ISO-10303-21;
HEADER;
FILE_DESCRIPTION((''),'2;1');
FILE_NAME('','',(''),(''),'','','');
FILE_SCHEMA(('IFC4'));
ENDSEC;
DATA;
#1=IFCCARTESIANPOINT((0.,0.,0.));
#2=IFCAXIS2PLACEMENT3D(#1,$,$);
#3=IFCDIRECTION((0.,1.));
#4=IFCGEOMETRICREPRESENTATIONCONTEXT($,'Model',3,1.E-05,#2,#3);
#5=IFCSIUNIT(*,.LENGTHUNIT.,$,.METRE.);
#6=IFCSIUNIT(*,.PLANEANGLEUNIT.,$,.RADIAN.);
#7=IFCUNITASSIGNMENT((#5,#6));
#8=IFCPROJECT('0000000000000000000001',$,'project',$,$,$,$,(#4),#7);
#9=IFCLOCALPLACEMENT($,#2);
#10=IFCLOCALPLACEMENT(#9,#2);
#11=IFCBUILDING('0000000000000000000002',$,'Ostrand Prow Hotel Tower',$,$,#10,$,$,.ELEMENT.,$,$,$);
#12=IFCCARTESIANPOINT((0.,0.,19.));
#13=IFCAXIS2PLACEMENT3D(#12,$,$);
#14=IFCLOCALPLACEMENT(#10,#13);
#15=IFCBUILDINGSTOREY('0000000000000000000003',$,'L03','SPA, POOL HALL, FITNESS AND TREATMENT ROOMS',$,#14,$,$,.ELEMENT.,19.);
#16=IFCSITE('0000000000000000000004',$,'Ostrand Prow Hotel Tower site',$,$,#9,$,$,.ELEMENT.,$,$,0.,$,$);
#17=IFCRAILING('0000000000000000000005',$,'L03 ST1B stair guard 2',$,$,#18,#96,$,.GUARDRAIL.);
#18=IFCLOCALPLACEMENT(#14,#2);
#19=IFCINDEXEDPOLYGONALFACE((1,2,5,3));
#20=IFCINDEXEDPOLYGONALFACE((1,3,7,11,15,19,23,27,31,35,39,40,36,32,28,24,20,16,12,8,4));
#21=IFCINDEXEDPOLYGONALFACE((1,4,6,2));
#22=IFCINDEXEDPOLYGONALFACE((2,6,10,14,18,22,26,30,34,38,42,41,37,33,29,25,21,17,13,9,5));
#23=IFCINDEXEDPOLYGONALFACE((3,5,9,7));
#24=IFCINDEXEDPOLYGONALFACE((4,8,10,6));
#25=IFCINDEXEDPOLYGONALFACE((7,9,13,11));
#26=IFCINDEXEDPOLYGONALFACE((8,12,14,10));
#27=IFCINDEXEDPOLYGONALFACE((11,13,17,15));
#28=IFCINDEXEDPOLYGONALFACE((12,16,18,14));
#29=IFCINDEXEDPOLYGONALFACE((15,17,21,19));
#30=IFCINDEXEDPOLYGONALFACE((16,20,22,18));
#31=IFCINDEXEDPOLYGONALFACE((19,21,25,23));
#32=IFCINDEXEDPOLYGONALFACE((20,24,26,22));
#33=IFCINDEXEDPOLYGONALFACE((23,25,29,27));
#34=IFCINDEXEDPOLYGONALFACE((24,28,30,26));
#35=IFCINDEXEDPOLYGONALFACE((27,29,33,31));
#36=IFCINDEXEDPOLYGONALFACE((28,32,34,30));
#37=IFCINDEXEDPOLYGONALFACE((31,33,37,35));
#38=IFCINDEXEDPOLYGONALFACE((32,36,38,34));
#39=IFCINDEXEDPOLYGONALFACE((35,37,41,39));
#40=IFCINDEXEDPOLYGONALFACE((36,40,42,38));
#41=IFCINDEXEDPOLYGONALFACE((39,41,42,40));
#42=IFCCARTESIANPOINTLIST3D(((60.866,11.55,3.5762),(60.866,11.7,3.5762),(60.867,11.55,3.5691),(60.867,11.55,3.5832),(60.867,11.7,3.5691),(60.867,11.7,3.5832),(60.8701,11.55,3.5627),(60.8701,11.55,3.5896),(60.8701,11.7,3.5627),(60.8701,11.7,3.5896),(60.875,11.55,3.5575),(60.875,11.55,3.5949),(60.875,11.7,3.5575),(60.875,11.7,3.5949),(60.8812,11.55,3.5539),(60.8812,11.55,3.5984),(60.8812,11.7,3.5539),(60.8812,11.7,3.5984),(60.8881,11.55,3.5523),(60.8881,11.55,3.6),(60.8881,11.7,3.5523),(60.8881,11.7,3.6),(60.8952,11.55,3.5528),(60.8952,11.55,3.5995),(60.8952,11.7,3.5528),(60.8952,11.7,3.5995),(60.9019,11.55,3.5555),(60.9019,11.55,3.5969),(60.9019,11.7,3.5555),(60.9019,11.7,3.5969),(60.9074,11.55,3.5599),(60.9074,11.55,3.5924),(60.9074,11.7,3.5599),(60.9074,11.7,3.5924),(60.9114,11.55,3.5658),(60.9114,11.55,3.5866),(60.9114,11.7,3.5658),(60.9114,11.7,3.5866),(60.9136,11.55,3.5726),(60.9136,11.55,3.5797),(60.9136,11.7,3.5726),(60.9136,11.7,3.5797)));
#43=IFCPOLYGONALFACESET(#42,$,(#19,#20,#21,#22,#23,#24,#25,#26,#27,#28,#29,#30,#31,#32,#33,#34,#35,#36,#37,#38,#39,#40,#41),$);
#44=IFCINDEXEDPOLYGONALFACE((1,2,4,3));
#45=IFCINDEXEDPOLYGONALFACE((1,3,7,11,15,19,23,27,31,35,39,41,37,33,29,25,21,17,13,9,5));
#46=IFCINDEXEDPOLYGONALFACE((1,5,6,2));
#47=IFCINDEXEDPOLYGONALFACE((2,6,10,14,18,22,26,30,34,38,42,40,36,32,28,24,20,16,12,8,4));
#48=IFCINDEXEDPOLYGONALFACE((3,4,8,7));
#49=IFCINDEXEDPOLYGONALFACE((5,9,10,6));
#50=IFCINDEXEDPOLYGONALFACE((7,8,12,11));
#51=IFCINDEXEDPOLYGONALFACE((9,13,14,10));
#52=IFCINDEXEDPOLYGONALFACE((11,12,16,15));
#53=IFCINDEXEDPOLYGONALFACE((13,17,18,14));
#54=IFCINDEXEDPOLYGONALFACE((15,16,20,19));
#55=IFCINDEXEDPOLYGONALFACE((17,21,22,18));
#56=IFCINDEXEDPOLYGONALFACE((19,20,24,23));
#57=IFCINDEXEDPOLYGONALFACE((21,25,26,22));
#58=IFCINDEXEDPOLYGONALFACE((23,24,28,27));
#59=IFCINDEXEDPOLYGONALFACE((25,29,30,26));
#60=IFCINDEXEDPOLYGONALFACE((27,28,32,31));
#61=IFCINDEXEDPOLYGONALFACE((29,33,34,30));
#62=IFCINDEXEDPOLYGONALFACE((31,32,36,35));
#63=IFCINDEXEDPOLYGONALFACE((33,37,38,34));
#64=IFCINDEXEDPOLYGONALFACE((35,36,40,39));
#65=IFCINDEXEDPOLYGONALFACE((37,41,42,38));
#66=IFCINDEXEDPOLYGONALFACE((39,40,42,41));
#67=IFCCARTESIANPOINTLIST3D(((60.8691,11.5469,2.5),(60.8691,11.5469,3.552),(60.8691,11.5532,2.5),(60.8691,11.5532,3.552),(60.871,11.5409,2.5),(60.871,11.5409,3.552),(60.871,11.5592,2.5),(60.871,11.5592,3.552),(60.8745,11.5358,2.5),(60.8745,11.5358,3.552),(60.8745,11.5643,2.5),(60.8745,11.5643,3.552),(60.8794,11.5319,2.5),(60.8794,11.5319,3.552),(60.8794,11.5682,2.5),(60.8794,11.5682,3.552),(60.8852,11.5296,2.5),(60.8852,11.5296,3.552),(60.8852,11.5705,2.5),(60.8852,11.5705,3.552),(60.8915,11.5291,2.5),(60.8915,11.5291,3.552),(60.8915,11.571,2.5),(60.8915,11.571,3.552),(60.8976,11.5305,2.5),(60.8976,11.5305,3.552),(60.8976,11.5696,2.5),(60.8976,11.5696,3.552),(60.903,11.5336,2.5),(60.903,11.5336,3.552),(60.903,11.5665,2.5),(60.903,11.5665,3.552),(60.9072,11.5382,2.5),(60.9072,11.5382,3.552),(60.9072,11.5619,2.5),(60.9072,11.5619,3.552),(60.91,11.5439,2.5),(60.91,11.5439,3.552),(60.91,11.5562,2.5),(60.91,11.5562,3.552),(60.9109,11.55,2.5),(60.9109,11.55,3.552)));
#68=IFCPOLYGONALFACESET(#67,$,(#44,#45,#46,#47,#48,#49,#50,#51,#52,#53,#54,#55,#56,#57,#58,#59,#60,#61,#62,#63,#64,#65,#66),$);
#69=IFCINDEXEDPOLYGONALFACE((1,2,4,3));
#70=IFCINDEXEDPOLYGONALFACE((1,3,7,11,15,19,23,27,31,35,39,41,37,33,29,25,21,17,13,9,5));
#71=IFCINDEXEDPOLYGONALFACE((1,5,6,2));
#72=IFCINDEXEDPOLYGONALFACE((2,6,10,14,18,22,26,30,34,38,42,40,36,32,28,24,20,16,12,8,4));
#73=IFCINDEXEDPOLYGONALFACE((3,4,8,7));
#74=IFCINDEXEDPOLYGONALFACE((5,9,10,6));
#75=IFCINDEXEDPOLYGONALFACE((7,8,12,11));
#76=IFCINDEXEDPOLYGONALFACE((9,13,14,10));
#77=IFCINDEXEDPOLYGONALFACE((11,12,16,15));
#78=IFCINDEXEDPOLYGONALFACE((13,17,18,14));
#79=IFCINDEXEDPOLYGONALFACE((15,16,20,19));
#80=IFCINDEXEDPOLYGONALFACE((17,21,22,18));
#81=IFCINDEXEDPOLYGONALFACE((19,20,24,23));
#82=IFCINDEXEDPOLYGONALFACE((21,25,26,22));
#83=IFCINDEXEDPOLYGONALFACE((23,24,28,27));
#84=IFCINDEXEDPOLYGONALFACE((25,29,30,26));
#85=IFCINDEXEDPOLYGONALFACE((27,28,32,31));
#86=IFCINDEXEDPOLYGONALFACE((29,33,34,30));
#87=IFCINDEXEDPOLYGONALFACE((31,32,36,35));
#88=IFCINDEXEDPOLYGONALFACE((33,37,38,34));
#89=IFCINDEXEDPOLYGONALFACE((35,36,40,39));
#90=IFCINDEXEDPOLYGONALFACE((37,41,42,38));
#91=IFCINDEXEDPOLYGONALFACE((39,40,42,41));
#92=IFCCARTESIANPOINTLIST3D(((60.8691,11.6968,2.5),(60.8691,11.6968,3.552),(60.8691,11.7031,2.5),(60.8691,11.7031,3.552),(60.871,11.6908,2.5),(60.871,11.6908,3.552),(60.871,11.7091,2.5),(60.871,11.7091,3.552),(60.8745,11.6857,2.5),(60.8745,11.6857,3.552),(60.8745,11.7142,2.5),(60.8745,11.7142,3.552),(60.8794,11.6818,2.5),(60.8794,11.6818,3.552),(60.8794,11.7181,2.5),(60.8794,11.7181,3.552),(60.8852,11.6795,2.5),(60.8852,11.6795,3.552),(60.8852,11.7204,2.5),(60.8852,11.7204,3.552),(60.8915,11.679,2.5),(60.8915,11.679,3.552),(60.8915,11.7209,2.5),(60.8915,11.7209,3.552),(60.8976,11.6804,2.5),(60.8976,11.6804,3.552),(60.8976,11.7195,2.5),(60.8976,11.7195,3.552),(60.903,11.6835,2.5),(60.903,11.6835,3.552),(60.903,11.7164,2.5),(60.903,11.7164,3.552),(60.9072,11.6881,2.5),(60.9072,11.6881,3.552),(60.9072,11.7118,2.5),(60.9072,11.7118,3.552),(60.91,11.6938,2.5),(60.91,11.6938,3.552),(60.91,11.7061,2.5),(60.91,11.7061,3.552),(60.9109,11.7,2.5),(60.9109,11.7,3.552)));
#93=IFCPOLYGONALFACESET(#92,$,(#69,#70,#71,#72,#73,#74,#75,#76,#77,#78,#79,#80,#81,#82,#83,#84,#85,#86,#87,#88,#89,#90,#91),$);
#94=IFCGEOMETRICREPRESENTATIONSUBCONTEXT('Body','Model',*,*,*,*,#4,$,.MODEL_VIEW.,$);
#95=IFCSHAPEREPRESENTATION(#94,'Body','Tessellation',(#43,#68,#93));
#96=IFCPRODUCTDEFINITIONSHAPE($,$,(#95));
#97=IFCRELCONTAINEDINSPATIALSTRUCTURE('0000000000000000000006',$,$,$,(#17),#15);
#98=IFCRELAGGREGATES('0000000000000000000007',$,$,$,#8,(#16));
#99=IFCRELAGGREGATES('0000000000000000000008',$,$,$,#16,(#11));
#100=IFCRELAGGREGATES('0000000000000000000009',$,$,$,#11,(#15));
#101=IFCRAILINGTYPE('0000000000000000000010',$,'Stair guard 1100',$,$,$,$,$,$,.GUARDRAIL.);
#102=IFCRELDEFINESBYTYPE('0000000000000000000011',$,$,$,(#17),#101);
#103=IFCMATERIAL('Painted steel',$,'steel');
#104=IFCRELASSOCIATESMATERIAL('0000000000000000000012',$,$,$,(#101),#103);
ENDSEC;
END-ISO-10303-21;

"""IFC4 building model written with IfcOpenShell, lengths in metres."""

from ifc_helpers import new_model, si_unit, direction, frame, origin, origin_2d, place, context, subcontext, project, spatial, circle, extrude, material, type_object, element, save


model = new_model("IFC4")

# Units and contexts
model_context = context("Model", 3, precision=1e-05, world=origin(), true_north=direction((0.0, 1.0)))
body_context = subcontext(model_context, "Body", "Model", "MODEL_VIEW")
ifc_project = project(units=[si_unit("LENGTHUNIT", "METRE"), si_unit("PLANEANGLEUNIT", "RADIAN")], contexts=[model_context])

# Site, building, storey
site_placement = place(None, origin())
site = spatial("IfcSite", under=ifc_project, at=site_placement, Name="Ostrand Prow Hotel Tower site", CompositionType="ELEMENT", RefElevation=0.0)
building_placement = place(site_placement, origin())
building = spatial("IfcBuilding", under=site, at=building_placement, Name="Ostrand Prow Hotel Tower", CompositionType="ELEMENT")
storey_placement = place(building_placement, frame((0.0, 0.0, 19.0)))
storey = spatial("IfcBuildingStorey", under=building, at=storey_placement, Name="L03", Description="SPA, POOL HALL, FITNESS AND TREATMENT ROOMS", CompositionType="ELEMENT", Elevation=19.0)

# Railing
ifc_material_1 = material(Name="Painted steel", Category="steel")
railing_type_1 = type_object("IfcRailingType", Name="Stair guard 1100", PredefinedType="GUARDRAIL", material=ifc_material_1)
railing_1_placement = place(storey_placement, frame((60.8899, 11.55, 2.5)))
element("IfcRailing", 1, at=railing_1_placement, inside=storey, type_object=railing_type_1, Name="L03 ST1B stair guard 2", PredefinedType="GUARDRAIL", context=body_context, shape_type="SweptSolid", body=[
    extrude(circle(Radius=0.0239, at=origin_2d()), frame((0.0, 0.0, 1.0762), z_axis=(0.0, 1.0, 0.0), x_axis=(-1.0, 0.0, 0.0)), (0.0, 0.0, 1.0), 0.1499),
    extrude(circle(Radius=0.021, at=origin_2d()), origin(), (0.0, 0.0, 1.0), 1.052),
    extrude(circle(Radius=0.021, at=origin_2d()), frame((0.0, 0.1499, 0.0)), (0.0, 0.0, 1.0), 1.052),
])

save(model, "model.ifc")
